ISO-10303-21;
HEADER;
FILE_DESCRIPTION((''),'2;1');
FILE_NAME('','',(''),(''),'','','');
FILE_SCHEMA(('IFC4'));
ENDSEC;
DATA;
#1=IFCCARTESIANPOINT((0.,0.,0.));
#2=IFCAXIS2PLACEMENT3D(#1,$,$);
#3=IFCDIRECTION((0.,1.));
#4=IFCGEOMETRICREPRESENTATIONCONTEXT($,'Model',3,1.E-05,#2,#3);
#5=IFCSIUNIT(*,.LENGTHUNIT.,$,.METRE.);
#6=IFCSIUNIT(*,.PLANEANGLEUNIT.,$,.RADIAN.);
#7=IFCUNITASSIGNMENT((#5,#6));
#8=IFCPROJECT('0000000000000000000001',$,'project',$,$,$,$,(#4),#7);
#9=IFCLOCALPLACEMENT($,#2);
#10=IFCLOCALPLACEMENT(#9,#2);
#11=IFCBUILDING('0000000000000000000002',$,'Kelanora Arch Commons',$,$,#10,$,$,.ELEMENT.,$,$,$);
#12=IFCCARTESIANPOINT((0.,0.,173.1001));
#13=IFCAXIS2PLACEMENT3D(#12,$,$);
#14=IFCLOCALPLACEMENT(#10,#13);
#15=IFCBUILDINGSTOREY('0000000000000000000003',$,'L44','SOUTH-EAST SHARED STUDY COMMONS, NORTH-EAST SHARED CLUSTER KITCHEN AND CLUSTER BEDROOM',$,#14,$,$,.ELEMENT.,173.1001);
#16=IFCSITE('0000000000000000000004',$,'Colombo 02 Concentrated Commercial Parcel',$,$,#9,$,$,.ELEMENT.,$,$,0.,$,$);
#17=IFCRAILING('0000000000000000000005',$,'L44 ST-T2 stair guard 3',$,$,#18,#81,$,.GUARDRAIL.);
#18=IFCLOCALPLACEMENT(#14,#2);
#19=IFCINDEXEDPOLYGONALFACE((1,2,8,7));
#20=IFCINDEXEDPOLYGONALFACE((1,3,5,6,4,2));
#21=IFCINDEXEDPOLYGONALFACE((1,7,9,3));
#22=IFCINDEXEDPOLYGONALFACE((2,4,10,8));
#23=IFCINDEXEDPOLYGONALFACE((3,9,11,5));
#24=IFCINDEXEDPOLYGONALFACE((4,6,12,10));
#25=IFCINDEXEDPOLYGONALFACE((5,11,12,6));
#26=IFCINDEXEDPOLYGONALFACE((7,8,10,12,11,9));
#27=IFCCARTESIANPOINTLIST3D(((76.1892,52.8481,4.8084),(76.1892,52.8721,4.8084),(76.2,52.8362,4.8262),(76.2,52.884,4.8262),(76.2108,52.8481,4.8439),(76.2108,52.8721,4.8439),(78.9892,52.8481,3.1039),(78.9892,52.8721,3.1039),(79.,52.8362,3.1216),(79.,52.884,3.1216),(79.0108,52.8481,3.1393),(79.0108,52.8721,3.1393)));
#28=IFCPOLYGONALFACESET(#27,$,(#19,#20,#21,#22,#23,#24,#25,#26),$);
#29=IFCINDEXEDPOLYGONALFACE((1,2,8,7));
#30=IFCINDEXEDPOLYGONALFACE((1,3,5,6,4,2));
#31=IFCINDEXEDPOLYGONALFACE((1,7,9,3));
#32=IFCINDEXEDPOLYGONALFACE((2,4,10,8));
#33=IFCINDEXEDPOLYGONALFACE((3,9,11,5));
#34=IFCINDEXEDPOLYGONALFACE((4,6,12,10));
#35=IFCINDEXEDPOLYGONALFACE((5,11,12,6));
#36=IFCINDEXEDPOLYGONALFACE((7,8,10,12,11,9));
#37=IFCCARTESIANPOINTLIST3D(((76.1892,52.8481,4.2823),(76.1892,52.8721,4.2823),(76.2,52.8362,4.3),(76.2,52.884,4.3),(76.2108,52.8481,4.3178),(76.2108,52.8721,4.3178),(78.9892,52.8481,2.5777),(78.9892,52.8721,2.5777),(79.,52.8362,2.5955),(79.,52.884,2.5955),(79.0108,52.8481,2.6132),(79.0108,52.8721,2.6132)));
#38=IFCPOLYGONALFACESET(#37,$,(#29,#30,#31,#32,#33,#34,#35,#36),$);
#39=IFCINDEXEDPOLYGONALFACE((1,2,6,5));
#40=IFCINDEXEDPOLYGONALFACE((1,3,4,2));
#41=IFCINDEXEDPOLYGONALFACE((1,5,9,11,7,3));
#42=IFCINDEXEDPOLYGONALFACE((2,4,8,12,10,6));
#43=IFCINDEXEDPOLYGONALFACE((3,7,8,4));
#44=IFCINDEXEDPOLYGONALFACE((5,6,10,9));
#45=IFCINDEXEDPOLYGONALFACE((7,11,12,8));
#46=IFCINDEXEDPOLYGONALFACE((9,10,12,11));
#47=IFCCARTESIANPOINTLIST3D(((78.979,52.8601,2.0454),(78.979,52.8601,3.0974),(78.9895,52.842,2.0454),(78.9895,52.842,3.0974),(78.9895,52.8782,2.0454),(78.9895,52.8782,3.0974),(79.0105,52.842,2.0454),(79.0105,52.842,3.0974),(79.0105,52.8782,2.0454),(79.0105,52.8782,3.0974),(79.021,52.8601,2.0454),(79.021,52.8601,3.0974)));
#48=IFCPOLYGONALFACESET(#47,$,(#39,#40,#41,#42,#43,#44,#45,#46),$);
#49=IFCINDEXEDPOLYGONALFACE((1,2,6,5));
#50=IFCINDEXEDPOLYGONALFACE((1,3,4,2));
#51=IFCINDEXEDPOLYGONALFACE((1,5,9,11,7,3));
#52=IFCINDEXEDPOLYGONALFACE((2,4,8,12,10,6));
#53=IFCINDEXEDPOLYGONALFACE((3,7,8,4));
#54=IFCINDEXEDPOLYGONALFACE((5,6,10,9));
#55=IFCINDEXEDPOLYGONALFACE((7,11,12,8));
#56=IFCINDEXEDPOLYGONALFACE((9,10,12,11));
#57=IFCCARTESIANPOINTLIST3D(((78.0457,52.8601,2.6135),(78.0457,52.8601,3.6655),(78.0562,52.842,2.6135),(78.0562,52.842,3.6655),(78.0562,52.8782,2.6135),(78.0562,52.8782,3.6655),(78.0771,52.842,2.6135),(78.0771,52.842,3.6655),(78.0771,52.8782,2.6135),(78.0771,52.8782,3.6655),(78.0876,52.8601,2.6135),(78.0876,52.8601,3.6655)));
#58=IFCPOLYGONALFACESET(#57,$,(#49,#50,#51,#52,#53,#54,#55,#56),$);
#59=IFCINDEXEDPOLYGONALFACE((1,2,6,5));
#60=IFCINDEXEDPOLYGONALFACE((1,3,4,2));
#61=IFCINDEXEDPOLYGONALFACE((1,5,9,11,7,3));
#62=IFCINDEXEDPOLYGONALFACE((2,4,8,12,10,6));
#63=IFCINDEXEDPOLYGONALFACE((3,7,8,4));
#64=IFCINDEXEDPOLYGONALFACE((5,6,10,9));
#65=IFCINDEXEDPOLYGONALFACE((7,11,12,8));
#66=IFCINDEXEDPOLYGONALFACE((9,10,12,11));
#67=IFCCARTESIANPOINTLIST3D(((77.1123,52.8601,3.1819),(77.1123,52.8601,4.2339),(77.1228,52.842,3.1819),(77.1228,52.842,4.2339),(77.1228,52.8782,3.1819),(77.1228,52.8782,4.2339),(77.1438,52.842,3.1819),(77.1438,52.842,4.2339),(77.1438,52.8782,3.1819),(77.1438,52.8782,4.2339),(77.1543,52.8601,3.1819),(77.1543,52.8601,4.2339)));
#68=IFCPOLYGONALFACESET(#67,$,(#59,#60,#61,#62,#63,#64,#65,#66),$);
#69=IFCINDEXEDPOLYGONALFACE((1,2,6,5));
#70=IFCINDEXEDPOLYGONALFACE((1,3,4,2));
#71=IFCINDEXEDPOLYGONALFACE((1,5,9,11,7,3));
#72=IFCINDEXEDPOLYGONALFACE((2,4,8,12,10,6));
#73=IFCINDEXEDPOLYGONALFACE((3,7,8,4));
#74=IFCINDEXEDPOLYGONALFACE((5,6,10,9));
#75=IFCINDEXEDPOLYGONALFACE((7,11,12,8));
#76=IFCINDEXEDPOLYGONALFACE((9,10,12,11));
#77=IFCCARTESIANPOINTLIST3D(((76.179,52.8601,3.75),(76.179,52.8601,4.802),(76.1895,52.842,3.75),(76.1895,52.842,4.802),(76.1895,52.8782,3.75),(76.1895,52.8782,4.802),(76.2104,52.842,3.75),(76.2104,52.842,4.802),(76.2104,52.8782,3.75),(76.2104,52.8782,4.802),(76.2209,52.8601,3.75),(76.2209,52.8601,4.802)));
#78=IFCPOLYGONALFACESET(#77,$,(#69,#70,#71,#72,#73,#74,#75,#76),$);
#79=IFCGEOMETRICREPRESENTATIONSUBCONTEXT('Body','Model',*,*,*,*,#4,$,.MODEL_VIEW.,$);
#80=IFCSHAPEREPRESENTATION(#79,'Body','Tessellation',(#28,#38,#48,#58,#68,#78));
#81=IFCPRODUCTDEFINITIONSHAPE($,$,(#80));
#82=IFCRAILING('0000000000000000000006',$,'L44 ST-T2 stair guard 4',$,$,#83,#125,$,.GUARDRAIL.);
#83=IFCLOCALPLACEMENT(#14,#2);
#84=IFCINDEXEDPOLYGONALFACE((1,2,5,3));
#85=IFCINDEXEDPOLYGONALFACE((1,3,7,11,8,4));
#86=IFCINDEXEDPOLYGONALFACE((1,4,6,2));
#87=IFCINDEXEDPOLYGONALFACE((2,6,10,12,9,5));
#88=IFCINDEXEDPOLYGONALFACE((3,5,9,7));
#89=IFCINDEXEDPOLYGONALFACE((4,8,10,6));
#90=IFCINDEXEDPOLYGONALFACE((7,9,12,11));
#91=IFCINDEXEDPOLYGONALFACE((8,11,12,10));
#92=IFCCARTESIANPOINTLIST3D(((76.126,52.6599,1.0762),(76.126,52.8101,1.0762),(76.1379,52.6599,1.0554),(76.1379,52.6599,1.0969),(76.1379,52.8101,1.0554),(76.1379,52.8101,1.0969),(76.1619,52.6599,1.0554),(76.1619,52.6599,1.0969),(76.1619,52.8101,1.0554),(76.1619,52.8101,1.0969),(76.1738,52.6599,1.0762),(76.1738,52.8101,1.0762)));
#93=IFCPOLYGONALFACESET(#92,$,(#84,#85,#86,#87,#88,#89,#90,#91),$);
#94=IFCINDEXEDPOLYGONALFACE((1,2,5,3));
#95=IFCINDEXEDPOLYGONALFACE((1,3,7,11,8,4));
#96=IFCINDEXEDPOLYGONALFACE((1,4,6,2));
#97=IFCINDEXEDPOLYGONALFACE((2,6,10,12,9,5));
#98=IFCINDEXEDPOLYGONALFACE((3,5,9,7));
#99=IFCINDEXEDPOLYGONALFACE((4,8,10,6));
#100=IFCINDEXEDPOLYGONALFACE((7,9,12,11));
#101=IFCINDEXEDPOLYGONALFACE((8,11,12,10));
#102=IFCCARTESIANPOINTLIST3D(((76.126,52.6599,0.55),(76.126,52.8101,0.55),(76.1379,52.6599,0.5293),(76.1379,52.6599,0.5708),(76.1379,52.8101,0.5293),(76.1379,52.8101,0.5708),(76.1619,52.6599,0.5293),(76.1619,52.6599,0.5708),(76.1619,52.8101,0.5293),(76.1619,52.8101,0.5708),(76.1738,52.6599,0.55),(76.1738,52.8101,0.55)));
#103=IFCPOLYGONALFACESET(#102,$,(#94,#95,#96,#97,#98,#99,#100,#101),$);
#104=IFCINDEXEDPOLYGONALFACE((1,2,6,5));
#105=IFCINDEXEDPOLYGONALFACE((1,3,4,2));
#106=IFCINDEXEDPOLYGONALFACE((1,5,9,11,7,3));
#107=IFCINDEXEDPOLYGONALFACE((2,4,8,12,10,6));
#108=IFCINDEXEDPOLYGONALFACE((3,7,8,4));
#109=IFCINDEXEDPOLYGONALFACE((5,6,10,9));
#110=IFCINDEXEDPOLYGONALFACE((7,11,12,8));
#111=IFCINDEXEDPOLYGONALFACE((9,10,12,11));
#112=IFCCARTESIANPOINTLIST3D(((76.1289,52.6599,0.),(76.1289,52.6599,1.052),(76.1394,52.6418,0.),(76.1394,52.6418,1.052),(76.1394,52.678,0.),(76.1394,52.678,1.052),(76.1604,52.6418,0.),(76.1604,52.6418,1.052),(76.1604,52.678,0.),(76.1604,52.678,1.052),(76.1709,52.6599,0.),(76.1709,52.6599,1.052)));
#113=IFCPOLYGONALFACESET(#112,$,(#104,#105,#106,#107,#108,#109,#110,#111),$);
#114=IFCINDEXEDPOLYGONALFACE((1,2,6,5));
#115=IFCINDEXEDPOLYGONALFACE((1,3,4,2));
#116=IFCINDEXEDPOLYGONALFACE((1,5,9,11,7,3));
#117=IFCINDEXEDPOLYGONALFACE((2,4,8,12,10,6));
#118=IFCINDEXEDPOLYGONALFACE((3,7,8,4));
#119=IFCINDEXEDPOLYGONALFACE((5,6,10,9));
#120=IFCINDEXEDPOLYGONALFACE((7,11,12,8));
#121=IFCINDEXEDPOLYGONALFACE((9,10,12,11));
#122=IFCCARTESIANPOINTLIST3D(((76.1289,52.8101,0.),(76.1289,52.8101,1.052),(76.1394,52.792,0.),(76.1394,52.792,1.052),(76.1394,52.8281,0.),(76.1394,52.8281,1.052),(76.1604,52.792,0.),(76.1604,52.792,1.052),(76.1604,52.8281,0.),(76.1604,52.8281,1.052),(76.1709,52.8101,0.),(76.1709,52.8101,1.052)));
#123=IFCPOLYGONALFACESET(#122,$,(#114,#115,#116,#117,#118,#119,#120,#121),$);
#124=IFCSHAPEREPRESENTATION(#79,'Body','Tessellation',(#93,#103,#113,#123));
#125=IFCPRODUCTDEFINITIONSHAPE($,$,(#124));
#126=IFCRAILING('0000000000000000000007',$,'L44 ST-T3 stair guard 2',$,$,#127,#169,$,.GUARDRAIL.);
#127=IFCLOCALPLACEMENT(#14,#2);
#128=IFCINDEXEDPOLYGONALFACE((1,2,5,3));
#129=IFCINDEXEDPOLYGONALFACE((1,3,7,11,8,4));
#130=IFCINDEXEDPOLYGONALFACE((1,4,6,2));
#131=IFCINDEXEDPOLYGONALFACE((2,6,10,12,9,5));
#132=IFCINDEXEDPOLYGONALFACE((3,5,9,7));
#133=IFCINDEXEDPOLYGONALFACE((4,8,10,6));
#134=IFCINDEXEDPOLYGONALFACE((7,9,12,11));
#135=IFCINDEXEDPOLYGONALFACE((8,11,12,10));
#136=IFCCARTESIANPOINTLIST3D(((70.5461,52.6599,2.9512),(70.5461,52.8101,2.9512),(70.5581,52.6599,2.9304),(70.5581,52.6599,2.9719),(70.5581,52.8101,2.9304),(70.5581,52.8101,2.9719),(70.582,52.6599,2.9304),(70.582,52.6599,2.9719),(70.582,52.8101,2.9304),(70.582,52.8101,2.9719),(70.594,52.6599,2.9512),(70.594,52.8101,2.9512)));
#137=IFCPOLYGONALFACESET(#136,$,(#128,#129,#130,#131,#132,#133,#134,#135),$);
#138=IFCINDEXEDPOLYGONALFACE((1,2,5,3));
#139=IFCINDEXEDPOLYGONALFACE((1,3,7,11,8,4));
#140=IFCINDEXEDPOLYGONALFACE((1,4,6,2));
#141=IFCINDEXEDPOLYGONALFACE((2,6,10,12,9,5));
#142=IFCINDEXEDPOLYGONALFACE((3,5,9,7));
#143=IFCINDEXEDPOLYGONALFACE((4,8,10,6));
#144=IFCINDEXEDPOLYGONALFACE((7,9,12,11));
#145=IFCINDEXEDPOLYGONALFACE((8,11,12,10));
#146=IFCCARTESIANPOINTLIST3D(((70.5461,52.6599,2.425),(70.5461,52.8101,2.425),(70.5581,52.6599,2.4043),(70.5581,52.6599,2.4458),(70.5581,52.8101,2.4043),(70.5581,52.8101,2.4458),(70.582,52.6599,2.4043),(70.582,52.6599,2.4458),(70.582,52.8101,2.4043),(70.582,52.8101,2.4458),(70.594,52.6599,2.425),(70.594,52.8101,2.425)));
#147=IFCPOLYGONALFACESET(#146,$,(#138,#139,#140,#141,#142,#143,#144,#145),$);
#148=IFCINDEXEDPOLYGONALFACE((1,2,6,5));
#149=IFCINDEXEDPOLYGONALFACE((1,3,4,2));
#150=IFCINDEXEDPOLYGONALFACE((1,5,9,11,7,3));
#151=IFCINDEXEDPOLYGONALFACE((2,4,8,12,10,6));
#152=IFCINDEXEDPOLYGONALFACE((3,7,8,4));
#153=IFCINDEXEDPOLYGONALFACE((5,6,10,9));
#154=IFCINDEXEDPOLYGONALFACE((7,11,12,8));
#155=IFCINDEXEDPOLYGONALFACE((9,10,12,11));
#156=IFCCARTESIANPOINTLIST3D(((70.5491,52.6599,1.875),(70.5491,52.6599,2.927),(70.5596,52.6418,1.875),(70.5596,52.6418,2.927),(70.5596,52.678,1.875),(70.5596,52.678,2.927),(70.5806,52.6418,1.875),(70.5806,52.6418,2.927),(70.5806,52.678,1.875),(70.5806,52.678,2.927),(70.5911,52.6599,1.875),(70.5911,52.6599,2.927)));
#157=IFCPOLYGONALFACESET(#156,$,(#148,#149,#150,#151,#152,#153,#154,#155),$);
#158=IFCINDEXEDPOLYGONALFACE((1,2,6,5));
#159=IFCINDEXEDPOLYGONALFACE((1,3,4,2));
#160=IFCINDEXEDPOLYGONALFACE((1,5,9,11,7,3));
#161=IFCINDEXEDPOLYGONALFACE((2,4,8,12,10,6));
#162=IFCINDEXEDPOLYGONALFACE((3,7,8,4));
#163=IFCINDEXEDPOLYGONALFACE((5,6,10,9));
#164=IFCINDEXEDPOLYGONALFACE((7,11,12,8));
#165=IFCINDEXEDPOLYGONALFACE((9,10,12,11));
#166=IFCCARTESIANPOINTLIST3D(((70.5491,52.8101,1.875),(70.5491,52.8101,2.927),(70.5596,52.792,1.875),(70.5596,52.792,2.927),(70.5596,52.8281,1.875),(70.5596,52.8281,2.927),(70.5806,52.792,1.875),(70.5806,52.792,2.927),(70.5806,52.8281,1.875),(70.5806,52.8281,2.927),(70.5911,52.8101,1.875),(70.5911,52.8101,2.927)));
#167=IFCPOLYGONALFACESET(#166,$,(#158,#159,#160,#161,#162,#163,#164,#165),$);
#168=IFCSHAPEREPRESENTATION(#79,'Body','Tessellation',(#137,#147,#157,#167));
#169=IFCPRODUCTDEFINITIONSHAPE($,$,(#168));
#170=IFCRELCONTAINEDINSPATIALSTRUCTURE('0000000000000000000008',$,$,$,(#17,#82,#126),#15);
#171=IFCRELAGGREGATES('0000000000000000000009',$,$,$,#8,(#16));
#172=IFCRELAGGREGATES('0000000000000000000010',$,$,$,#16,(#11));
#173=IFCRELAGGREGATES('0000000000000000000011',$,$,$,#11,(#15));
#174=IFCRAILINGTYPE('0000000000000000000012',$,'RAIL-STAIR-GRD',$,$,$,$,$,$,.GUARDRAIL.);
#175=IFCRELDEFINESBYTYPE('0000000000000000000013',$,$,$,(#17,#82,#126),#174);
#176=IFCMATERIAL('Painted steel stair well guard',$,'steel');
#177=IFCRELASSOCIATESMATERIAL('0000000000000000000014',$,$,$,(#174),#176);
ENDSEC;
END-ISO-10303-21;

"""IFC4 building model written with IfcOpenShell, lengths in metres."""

from ifc_helpers import new_model, si_unit, direction, frame, origin, place, context, subcontext, project, spatial, polyline, outline, extrude, material, type_object, element, save


model = new_model("IFC4")

# Units and contexts
model_context = context("Model", 3, precision=1e-05, world=origin(), true_north=direction((0.0, 1.0)))
body_context = subcontext(model_context, "Body", "Model", "MODEL_VIEW")
ifc_project = project(units=[si_unit("LENGTHUNIT", "METRE"), si_unit("PLANEANGLEUNIT", "RADIAN")], contexts=[model_context])

# Site, building, storey
site_placement = place(None, origin())
site = spatial("IfcSite", under=ifc_project, at=site_placement, Name="Colombo 02 Concentrated Commercial Parcel", CompositionType="ELEMENT", RefElevation=0.0)
building_placement = place(site_placement, origin())
building = spatial("IfcBuilding", under=site, at=building_placement, Name="Kelanora Arch Commons", CompositionType="ELEMENT")
storey_placement = place(building_placement, frame((0.0, 0.0, 173.1001)))
storey = spatial("IfcBuildingStorey", under=building, at=storey_placement, Name="L44", Description="SOUTH-EAST SHARED STUDY COMMONS, NORTH-EAST SHARED CLUSTER KITCHEN AND CLUSTER BEDROOM", CompositionType="ELEMENT", Elevation=173.1001)

# Railings
ifc_material_1 = material(Name="Painted steel stair well guard", Category="steel")
railing_type_1 = type_object("IfcRailingType", Name="RAIL-STAIR-GRD", PredefinedType="GUARDRAIL", material=ifc_material_1)
railing_1_placement = place(storey_placement, frame((79.0, 52.8601, 2.0454)))
element("IfcRailing", 1, at=railing_1_placement, inside=storey, type_object=railing_type_1, Name="L44 ST-T2 stair guard 3", PredefinedType="GUARDRAIL", context=body_context, shape_type="SweptSolid", body=[
    extrude(outline(polyline([(0.0239, 0.0), (0.012, 0.0208), (-0.012, 0.0208), (-0.0239, 0.0), (-0.012, -0.0208), (0.012, -0.0208), (0.0239, 0.0)])), frame((0.0, 0.0, 1.0762), z_axis=(-0.85417, 0.0, 0.519994), x_axis=(0.0, -1.0, 0.0)), (0.0, 0.0, 1.0), 3.2781),
    extrude(outline(polyline([(0.0239, 0.0), (0.012, 0.0208), (-0.012, 0.0208), (-0.0239, 0.0), (-0.012, -0.0208), (0.012, -0.0208), (0.0239, 0.0)])), frame((0.0, 0.0, 0.55), z_axis=(-0.85417, 0.0, 0.519994), x_axis=(0.0, -1.0, 0.0)), (0.0, 0.0, 1.0), 3.2781),
    extrude(outline(polyline([(0.021, 0.0), (0.0105, 0.0181), (-0.0105, 0.0181), (-0.021, 0.0), (-0.0105, -0.0181), (0.0105, -0.0181), (0.021, 0.0)])), origin(), (0.0, 0.0, 1.0), 1.052),
    extrude(outline(polyline([(0.021, 0.0), (0.0105, 0.0181), (-0.0105, 0.0181), (-0.021, 0.0), (-0.0105, -0.0181), (0.0105, -0.0181), (0.021, 0.0)])), frame((-0.9333, 0.0, 0.5681)), (0.0, 0.0, 1.0), 1.052),
    extrude(outline(polyline([(0.021, 0.0), (0.0105, 0.0181), (-0.0105, 0.0181), (-0.021, 0.0), (-0.0105, -0.0181), (0.0105, -0.0181), (0.021, 0.0)])), frame((-1.8667, 0.0, 1.1365)), (0.0, 0.0, 1.0), 1.052),
    extrude(outline(polyline([(0.021, 0.0), (0.0105, 0.0181), (-0.0105, 0.0181), (-0.021, 0.0), (-0.0105, -0.0181), (0.0105, -0.0181), (0.021, 0.0)])), frame((-2.8, 0.0, 1.7046)), (0.0, 0.0, 1.0), 1.052),
])
for number, where, name in (
    (2, (76.1499, 52.6599, 0.0), "L44 ST-T2 stair guard 4"),
    (3, (70.5701, 52.6599, 1.875), "L44 ST-T3 stair guard 2"),
):
    element("IfcRailing", number, at=place(storey_placement, frame(where)), inside=storey, type_object=railing_type_1, Name=name, PredefinedType="GUARDRAIL", context=body_context, shape_type="SweptSolid", body=[
        extrude(outline(polyline([(0.0239, 0.0), (0.012, 0.0208), (-0.012, 0.0208), (-0.0239, 0.0), (-0.012, -0.0208), (0.012, -0.0208), (0.0239, 0.0)])), frame((0.0, 0.0, 1.0762), z_axis=(0.0, 1.0, 0.0), x_axis=(-1.0, 0.0, 0.0)), (0.0, 0.0, 1.0), 0.1501),
        extrude(outline(polyline([(0.0239, 0.0), (0.012, 0.0208), (-0.012, 0.0208), (-0.0239, 0.0), (-0.012, -0.0208), (0.012, -0.0208), (0.0239, 0.0)])), frame((0.0, 0.0, 0.55), z_axis=(0.0, 1.0, 0.0), x_axis=(-1.0, 0.0, 0.0)), (0.0, 0.0, 1.0), 0.1501),
        extrude(outline(polyline([(0.021, 0.0), (0.0105, 0.0181), (-0.0105, 0.0181), (-0.021, 0.0), (-0.0105, -0.0181), (0.0105, -0.0181), (0.021, 0.0)])), origin(), (0.0, 0.0, 1.0), 1.052),
        extrude(outline(polyline([(0.021, 0.0), (0.0105, 0.0181), (-0.0105, 0.0181), (-0.021, 0.0), (-0.0105, -0.0181), (0.0105, -0.0181), (0.021, 0.0)])), frame((0.0, 0.1501, 0.0)), (0.0, 0.0, 1.0), 1.052),
    ])

save(model, "model.ifc")
